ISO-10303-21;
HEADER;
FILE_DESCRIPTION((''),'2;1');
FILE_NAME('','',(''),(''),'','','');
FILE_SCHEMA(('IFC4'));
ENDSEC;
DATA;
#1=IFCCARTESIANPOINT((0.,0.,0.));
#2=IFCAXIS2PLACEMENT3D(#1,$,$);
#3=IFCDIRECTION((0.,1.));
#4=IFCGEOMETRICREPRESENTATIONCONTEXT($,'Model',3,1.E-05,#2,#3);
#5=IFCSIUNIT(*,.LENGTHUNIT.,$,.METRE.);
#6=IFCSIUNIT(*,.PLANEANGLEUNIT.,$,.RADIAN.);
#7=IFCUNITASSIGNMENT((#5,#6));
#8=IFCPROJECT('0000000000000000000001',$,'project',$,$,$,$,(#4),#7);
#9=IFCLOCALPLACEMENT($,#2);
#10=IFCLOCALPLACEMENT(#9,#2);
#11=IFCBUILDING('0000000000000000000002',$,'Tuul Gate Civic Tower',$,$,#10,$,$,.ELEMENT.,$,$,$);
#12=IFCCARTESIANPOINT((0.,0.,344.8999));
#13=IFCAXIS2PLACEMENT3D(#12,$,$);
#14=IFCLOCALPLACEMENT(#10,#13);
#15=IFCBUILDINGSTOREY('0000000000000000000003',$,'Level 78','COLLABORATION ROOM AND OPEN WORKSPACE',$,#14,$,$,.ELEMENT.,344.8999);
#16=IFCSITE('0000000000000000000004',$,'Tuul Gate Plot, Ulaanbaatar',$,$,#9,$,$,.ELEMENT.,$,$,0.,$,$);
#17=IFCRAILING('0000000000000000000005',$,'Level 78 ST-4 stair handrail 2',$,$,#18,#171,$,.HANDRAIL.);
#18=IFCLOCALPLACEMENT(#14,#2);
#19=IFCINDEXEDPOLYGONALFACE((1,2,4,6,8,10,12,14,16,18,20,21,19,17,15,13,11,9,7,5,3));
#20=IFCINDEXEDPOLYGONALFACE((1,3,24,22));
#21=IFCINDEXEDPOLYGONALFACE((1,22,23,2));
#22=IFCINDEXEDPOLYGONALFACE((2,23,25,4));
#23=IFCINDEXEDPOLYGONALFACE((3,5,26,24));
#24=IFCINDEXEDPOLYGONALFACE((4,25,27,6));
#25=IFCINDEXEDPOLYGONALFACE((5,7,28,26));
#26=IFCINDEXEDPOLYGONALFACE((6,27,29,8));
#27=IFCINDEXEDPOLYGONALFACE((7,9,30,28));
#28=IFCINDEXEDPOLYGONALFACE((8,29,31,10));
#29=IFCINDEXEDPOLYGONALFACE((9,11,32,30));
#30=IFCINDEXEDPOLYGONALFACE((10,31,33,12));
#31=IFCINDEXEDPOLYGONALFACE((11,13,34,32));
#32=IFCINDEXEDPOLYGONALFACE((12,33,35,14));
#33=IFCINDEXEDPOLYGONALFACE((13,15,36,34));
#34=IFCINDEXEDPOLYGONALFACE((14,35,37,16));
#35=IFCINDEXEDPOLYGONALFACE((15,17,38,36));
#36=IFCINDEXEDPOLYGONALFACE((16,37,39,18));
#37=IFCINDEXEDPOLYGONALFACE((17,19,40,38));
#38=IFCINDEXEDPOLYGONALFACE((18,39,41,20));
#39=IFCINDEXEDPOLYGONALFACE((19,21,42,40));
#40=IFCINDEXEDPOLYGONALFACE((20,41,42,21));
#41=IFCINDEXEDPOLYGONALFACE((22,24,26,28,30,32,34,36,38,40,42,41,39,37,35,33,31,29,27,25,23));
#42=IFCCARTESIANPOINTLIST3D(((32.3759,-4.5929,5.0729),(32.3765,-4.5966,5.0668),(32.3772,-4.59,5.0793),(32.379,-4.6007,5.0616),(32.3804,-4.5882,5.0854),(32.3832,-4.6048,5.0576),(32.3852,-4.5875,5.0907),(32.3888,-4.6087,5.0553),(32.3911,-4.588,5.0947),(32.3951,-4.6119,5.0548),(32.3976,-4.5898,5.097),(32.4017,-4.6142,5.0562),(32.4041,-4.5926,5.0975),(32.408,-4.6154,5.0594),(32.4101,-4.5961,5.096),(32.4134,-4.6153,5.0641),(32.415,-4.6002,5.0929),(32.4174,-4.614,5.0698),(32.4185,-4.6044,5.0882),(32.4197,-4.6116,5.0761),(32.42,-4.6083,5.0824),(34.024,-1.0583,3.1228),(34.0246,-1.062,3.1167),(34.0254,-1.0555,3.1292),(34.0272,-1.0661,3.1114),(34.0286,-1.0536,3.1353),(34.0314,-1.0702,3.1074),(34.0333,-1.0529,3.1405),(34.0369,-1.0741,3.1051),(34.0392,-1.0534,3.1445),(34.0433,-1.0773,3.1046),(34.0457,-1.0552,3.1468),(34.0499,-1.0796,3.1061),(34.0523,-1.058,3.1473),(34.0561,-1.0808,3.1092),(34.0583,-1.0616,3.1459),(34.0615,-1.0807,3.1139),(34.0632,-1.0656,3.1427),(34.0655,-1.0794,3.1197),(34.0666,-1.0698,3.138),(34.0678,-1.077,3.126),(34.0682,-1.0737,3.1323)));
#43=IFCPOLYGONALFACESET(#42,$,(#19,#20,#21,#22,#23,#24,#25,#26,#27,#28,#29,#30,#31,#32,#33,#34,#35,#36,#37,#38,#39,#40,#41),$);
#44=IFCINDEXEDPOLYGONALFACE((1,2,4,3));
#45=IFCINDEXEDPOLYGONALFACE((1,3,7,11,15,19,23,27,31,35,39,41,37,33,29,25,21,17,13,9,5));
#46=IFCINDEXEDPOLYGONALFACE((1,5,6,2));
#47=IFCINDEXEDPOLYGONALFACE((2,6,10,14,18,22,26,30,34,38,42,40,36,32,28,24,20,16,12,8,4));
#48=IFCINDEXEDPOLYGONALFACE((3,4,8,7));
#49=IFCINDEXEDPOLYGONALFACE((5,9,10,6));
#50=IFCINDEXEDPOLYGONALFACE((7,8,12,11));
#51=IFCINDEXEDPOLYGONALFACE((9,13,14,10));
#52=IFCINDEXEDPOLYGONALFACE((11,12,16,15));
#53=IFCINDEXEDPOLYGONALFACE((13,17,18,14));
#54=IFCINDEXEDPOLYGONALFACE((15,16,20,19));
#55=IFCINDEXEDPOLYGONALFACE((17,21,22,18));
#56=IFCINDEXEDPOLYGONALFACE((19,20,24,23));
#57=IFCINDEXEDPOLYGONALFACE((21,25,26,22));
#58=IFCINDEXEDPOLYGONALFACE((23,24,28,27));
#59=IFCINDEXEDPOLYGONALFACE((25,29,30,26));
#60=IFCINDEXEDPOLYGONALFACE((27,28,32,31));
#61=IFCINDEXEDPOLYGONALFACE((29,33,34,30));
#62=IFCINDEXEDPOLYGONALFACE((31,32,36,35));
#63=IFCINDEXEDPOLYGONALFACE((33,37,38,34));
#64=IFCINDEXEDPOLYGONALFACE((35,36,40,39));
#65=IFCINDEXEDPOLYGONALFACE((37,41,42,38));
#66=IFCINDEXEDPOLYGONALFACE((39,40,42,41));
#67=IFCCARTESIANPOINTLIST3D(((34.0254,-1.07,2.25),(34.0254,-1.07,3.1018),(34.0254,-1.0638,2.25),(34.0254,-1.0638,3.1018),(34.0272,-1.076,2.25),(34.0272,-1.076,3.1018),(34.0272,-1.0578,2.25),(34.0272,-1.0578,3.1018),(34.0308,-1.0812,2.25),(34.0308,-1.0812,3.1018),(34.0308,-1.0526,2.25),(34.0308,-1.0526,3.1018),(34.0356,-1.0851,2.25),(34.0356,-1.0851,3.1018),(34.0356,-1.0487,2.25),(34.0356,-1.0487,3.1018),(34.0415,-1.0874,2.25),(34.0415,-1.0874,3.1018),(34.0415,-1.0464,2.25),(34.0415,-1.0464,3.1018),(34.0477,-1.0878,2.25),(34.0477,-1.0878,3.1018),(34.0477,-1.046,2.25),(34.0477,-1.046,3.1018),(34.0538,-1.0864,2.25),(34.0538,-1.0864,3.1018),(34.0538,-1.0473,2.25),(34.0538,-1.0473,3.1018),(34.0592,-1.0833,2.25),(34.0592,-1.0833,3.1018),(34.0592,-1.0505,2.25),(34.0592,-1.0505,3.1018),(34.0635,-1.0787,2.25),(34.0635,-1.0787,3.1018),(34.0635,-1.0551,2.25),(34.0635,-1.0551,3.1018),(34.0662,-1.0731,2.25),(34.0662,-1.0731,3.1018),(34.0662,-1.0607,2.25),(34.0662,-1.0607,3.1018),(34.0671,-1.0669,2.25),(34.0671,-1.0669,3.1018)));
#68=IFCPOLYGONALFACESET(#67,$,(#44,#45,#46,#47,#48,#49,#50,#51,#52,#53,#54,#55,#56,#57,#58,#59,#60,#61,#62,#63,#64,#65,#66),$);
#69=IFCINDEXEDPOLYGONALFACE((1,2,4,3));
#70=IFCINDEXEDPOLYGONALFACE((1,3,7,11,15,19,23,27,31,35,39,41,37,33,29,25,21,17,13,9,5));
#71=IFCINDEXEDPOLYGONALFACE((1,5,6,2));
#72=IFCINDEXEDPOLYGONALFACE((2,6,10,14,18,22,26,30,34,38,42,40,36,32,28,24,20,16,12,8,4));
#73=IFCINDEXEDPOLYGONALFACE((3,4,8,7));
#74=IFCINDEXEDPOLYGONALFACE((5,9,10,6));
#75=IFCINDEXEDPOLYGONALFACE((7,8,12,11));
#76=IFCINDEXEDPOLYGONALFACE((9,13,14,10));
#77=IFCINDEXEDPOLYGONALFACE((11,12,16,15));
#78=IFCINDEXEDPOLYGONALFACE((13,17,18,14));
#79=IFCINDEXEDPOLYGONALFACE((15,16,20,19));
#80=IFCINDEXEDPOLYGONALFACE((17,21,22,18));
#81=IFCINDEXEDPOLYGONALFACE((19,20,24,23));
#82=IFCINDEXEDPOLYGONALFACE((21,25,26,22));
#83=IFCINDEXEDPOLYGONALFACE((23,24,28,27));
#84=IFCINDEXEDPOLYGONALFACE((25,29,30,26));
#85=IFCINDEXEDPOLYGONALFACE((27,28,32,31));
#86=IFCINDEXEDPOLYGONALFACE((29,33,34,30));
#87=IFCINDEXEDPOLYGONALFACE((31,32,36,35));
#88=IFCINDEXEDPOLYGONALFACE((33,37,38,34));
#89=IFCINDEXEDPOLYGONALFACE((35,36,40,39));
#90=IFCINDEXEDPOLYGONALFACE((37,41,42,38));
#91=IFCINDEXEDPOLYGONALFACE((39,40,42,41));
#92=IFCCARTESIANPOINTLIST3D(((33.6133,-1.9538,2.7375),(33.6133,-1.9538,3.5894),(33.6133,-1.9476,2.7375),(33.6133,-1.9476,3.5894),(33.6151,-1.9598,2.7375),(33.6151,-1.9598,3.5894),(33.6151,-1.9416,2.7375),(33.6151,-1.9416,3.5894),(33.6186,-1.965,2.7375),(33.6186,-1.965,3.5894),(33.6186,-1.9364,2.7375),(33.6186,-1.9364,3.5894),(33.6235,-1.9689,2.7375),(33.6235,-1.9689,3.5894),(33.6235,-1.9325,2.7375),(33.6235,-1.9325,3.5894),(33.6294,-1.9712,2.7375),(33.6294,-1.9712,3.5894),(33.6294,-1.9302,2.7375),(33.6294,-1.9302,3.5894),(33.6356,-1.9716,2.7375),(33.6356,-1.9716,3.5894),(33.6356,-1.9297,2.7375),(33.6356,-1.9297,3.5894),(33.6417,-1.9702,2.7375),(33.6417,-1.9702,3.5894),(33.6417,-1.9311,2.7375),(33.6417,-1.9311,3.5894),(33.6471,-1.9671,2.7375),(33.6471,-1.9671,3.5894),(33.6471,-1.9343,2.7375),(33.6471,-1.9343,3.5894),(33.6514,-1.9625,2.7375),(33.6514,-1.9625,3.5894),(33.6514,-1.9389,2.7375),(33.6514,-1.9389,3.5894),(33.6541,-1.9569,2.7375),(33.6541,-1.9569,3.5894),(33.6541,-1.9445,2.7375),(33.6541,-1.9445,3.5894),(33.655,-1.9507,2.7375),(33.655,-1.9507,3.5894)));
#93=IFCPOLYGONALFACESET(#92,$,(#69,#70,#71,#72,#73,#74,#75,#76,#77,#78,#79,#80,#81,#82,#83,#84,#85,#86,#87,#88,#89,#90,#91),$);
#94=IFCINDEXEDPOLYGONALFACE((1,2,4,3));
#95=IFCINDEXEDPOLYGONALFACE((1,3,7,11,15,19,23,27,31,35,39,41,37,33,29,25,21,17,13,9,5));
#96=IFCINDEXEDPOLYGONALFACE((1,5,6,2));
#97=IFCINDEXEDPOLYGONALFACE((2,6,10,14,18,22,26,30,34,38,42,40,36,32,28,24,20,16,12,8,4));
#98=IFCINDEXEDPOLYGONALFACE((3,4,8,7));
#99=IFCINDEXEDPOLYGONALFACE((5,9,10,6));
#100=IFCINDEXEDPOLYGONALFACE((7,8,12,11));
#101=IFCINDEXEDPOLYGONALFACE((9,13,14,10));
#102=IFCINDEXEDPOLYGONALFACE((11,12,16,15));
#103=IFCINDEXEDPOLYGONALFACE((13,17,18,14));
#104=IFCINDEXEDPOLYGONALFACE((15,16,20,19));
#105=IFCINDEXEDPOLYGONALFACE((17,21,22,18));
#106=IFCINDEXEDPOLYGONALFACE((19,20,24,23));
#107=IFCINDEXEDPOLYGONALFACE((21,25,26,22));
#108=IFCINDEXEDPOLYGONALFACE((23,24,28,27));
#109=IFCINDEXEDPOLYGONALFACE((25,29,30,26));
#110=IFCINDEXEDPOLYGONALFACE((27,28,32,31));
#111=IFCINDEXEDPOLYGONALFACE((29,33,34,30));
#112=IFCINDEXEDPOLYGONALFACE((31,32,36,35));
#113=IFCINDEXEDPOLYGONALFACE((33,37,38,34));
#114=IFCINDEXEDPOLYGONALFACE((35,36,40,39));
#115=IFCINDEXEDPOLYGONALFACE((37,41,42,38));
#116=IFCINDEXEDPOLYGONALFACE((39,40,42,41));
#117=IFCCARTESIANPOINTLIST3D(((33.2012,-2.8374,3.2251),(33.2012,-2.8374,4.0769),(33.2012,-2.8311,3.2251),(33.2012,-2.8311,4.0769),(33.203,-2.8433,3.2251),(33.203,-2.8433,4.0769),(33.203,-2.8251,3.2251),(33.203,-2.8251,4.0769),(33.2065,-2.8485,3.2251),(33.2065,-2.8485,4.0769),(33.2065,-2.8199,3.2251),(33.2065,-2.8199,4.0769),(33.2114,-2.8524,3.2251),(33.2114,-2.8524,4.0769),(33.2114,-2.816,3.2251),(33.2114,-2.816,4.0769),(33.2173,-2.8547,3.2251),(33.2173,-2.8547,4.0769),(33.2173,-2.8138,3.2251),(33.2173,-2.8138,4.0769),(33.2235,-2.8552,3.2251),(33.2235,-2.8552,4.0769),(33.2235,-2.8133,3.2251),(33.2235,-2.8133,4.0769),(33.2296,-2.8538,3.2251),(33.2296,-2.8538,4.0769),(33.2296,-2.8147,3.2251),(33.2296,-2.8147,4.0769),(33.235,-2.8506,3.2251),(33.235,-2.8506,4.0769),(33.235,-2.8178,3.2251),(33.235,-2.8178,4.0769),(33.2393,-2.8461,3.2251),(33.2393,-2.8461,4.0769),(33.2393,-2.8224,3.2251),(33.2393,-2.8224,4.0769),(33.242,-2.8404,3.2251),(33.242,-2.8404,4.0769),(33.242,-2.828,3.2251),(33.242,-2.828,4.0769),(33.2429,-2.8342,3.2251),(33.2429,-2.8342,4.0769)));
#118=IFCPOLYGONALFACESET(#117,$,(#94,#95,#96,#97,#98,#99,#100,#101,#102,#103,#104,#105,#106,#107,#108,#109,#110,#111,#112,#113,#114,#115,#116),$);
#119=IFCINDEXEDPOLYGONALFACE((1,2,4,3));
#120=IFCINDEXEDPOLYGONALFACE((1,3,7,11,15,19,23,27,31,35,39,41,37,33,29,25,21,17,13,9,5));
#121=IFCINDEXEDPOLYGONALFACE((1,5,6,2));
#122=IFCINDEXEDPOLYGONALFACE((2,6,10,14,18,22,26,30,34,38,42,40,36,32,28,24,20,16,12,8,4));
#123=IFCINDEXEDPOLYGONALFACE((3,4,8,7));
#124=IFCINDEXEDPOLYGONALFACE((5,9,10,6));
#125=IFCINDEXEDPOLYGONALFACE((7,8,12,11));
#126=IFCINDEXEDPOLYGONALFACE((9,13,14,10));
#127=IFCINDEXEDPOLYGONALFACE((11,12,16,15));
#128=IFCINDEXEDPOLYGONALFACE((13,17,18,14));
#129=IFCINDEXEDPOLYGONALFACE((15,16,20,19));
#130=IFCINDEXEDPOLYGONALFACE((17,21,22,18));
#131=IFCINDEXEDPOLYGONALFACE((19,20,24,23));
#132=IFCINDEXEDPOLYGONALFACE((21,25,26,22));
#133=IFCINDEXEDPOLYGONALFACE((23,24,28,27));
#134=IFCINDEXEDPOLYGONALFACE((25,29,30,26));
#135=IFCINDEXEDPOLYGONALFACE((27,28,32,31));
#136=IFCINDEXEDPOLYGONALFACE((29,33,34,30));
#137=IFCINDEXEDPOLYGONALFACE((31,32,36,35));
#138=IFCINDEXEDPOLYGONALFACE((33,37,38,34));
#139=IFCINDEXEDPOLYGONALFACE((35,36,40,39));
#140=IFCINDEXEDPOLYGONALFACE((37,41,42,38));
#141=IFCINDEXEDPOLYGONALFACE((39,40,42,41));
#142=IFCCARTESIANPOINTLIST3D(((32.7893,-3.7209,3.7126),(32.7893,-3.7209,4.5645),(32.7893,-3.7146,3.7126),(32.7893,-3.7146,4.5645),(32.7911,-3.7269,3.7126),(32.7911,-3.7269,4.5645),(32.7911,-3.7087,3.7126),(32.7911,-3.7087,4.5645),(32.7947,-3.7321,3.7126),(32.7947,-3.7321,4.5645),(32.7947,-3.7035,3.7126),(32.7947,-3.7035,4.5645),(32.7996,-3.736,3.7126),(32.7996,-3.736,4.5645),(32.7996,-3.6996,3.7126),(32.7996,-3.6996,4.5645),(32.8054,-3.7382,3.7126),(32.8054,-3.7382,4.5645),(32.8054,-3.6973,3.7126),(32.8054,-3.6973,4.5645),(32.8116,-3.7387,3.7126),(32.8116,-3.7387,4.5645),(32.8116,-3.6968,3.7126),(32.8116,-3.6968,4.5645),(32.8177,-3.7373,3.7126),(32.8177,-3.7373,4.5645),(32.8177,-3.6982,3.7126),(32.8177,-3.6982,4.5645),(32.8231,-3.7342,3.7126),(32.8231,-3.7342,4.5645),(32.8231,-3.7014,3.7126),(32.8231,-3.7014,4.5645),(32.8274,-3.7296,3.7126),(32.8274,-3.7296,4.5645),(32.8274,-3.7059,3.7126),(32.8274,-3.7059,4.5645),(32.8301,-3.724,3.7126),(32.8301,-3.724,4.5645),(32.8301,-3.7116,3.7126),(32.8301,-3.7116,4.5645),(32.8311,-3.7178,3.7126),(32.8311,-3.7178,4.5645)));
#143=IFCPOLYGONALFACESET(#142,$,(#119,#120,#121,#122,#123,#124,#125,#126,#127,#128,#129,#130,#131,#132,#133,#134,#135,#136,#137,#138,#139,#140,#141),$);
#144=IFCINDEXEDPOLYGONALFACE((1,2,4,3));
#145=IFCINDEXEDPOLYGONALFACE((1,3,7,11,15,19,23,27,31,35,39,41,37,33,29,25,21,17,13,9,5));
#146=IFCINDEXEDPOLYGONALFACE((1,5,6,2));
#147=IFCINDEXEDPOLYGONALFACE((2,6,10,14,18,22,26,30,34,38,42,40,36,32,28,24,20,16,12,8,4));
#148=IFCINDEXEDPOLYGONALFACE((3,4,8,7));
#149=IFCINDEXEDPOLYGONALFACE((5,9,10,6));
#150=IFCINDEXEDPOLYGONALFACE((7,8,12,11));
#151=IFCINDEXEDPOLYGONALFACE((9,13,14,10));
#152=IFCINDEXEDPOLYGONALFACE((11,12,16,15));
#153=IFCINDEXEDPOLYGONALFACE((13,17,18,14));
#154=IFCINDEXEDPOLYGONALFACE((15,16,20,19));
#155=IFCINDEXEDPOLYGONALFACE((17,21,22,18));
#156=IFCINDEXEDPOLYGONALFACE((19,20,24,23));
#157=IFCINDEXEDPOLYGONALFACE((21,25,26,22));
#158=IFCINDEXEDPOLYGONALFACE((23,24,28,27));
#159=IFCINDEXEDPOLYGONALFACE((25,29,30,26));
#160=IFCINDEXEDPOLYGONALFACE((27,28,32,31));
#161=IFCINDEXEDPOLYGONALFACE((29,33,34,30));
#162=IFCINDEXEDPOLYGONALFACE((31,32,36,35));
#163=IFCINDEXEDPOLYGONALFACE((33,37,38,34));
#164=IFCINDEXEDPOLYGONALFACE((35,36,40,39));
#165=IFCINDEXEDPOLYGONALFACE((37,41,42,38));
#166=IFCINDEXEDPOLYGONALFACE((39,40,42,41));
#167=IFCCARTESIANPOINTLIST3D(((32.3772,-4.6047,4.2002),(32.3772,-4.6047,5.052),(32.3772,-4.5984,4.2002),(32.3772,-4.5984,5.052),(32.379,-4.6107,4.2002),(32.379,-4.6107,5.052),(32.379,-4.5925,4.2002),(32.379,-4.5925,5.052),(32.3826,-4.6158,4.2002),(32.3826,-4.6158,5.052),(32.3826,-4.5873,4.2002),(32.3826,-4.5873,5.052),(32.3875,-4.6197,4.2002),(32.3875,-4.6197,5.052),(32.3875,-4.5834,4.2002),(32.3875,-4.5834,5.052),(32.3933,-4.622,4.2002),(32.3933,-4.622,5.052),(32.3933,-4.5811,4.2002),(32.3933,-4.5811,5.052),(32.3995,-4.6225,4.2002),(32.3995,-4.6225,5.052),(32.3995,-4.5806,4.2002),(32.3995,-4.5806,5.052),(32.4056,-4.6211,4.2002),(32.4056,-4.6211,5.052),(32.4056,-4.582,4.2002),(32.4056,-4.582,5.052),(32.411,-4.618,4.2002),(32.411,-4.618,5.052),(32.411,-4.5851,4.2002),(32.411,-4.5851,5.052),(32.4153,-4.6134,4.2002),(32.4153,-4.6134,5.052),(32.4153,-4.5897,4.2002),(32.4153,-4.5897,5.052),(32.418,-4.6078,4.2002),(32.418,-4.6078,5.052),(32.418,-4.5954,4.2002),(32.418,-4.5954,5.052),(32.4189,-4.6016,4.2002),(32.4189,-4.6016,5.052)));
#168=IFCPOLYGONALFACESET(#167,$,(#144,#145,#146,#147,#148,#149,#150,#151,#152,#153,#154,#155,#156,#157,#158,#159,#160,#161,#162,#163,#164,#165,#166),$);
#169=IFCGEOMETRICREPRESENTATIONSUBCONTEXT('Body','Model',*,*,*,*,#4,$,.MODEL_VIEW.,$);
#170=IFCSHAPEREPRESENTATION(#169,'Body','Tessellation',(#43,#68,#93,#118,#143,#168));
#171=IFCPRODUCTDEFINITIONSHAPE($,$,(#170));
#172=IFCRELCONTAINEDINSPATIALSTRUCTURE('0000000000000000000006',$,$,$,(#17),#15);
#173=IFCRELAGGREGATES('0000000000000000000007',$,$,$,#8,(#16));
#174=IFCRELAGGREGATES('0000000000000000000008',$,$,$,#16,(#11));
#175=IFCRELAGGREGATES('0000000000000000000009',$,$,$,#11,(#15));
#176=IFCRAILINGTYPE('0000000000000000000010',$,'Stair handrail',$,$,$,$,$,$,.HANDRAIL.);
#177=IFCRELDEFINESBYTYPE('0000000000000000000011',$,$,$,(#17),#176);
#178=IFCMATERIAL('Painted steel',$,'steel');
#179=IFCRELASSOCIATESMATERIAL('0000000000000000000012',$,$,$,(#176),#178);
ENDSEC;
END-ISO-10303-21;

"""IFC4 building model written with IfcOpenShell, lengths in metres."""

from ifc_helpers import new_model, si_unit, direction, frame, origin, origin_2d, place, context, subcontext, project, spatial, circle, extrude, material, type_object, element, save


model = new_model("IFC4")

# Units and contexts
model_context = context("Model", 3, precision=1e-05, world=origin(), true_north=direction((0.0, 1.0)))
body_context = subcontext(model_context, "Body", "Model", "MODEL_VIEW")
ifc_project = project(units=[si_unit("LENGTHUNIT", "METRE"), si_unit("PLANEANGLEUNIT", "RADIAN")], contexts=[model_context])

# Site, building, storey
site_placement = place(None, origin())
site = spatial("IfcSite", under=ifc_project, at=site_placement, Name="Tuul Gate Plot, Ulaanbaatar", CompositionType="ELEMENT", RefElevation=0.0)
building_placement = place(site_placement, origin())
building = spatial("IfcBuilding", under=site, at=building_placement, Name="Tuul Gate Civic Tower", CompositionType="ELEMENT")
storey_placement = place(building_placement, frame((0.0, 0.0, 344.8999)))
storey = spatial("IfcBuildingStorey", under=building, at=storey_placement, Name="Level 78", Description="COLLABORATION ROOM AND OPEN WORKSPACE", CompositionType="ELEMENT", Elevation=344.8999)

# Railing
ifc_material_1 = material(Name="Painted steel", Category="steel")
railing_type = type_object("IfcRailingType", Name="Stair handrail", PredefinedType="HANDRAIL", material=ifc_material_1)
railing_placement = place(storey_placement, frame((34.0461, -1.0669, 2.25)))
element("IfcRailing", 1, at=railing_placement, inside=storey, type_object=railing_type, Name="Level 78 ST-4 stair handrail 2", PredefinedType="HANDRAIL", context=body_context, shape_type="SweptSolid", body=[
    extrude(circle(Radius=0.0239, at=origin_2d()), frame((0.0, 0.0, 0.876), z_axis=(-0.377985, -0.810617, 0.447245), x_axis=(0.906313, -0.422608, 0.0)), (0.0, 0.0, 1.0), 4.3604),
    extrude(circle(Radius=0.021, at=origin_2d()), origin(), (0.0, 0.0, 1.0), 0.8518),
    extrude(circle(Radius=0.021, at=origin_2d()), frame((-0.4121, -0.8838, 0.4875)), (0.0, 0.0, 1.0), 0.8518),
    extrude(circle(Radius=0.021, at=origin_2d()), frame((-0.8242, -1.7673, 0.9751)), (0.0, 0.0, 1.0), 0.8518),
    extrude(circle(Radius=0.021, at=origin_2d()), frame((-1.2361, -2.6509, 1.4626)), (0.0, 0.0, 1.0), 0.8518),
    extrude(circle(Radius=0.021, at=origin_2d()), frame((-1.6482, -3.5347, 1.9502)), (0.0, 0.0, 1.0), 0.8518),
])

save(model, "model.ifc")
